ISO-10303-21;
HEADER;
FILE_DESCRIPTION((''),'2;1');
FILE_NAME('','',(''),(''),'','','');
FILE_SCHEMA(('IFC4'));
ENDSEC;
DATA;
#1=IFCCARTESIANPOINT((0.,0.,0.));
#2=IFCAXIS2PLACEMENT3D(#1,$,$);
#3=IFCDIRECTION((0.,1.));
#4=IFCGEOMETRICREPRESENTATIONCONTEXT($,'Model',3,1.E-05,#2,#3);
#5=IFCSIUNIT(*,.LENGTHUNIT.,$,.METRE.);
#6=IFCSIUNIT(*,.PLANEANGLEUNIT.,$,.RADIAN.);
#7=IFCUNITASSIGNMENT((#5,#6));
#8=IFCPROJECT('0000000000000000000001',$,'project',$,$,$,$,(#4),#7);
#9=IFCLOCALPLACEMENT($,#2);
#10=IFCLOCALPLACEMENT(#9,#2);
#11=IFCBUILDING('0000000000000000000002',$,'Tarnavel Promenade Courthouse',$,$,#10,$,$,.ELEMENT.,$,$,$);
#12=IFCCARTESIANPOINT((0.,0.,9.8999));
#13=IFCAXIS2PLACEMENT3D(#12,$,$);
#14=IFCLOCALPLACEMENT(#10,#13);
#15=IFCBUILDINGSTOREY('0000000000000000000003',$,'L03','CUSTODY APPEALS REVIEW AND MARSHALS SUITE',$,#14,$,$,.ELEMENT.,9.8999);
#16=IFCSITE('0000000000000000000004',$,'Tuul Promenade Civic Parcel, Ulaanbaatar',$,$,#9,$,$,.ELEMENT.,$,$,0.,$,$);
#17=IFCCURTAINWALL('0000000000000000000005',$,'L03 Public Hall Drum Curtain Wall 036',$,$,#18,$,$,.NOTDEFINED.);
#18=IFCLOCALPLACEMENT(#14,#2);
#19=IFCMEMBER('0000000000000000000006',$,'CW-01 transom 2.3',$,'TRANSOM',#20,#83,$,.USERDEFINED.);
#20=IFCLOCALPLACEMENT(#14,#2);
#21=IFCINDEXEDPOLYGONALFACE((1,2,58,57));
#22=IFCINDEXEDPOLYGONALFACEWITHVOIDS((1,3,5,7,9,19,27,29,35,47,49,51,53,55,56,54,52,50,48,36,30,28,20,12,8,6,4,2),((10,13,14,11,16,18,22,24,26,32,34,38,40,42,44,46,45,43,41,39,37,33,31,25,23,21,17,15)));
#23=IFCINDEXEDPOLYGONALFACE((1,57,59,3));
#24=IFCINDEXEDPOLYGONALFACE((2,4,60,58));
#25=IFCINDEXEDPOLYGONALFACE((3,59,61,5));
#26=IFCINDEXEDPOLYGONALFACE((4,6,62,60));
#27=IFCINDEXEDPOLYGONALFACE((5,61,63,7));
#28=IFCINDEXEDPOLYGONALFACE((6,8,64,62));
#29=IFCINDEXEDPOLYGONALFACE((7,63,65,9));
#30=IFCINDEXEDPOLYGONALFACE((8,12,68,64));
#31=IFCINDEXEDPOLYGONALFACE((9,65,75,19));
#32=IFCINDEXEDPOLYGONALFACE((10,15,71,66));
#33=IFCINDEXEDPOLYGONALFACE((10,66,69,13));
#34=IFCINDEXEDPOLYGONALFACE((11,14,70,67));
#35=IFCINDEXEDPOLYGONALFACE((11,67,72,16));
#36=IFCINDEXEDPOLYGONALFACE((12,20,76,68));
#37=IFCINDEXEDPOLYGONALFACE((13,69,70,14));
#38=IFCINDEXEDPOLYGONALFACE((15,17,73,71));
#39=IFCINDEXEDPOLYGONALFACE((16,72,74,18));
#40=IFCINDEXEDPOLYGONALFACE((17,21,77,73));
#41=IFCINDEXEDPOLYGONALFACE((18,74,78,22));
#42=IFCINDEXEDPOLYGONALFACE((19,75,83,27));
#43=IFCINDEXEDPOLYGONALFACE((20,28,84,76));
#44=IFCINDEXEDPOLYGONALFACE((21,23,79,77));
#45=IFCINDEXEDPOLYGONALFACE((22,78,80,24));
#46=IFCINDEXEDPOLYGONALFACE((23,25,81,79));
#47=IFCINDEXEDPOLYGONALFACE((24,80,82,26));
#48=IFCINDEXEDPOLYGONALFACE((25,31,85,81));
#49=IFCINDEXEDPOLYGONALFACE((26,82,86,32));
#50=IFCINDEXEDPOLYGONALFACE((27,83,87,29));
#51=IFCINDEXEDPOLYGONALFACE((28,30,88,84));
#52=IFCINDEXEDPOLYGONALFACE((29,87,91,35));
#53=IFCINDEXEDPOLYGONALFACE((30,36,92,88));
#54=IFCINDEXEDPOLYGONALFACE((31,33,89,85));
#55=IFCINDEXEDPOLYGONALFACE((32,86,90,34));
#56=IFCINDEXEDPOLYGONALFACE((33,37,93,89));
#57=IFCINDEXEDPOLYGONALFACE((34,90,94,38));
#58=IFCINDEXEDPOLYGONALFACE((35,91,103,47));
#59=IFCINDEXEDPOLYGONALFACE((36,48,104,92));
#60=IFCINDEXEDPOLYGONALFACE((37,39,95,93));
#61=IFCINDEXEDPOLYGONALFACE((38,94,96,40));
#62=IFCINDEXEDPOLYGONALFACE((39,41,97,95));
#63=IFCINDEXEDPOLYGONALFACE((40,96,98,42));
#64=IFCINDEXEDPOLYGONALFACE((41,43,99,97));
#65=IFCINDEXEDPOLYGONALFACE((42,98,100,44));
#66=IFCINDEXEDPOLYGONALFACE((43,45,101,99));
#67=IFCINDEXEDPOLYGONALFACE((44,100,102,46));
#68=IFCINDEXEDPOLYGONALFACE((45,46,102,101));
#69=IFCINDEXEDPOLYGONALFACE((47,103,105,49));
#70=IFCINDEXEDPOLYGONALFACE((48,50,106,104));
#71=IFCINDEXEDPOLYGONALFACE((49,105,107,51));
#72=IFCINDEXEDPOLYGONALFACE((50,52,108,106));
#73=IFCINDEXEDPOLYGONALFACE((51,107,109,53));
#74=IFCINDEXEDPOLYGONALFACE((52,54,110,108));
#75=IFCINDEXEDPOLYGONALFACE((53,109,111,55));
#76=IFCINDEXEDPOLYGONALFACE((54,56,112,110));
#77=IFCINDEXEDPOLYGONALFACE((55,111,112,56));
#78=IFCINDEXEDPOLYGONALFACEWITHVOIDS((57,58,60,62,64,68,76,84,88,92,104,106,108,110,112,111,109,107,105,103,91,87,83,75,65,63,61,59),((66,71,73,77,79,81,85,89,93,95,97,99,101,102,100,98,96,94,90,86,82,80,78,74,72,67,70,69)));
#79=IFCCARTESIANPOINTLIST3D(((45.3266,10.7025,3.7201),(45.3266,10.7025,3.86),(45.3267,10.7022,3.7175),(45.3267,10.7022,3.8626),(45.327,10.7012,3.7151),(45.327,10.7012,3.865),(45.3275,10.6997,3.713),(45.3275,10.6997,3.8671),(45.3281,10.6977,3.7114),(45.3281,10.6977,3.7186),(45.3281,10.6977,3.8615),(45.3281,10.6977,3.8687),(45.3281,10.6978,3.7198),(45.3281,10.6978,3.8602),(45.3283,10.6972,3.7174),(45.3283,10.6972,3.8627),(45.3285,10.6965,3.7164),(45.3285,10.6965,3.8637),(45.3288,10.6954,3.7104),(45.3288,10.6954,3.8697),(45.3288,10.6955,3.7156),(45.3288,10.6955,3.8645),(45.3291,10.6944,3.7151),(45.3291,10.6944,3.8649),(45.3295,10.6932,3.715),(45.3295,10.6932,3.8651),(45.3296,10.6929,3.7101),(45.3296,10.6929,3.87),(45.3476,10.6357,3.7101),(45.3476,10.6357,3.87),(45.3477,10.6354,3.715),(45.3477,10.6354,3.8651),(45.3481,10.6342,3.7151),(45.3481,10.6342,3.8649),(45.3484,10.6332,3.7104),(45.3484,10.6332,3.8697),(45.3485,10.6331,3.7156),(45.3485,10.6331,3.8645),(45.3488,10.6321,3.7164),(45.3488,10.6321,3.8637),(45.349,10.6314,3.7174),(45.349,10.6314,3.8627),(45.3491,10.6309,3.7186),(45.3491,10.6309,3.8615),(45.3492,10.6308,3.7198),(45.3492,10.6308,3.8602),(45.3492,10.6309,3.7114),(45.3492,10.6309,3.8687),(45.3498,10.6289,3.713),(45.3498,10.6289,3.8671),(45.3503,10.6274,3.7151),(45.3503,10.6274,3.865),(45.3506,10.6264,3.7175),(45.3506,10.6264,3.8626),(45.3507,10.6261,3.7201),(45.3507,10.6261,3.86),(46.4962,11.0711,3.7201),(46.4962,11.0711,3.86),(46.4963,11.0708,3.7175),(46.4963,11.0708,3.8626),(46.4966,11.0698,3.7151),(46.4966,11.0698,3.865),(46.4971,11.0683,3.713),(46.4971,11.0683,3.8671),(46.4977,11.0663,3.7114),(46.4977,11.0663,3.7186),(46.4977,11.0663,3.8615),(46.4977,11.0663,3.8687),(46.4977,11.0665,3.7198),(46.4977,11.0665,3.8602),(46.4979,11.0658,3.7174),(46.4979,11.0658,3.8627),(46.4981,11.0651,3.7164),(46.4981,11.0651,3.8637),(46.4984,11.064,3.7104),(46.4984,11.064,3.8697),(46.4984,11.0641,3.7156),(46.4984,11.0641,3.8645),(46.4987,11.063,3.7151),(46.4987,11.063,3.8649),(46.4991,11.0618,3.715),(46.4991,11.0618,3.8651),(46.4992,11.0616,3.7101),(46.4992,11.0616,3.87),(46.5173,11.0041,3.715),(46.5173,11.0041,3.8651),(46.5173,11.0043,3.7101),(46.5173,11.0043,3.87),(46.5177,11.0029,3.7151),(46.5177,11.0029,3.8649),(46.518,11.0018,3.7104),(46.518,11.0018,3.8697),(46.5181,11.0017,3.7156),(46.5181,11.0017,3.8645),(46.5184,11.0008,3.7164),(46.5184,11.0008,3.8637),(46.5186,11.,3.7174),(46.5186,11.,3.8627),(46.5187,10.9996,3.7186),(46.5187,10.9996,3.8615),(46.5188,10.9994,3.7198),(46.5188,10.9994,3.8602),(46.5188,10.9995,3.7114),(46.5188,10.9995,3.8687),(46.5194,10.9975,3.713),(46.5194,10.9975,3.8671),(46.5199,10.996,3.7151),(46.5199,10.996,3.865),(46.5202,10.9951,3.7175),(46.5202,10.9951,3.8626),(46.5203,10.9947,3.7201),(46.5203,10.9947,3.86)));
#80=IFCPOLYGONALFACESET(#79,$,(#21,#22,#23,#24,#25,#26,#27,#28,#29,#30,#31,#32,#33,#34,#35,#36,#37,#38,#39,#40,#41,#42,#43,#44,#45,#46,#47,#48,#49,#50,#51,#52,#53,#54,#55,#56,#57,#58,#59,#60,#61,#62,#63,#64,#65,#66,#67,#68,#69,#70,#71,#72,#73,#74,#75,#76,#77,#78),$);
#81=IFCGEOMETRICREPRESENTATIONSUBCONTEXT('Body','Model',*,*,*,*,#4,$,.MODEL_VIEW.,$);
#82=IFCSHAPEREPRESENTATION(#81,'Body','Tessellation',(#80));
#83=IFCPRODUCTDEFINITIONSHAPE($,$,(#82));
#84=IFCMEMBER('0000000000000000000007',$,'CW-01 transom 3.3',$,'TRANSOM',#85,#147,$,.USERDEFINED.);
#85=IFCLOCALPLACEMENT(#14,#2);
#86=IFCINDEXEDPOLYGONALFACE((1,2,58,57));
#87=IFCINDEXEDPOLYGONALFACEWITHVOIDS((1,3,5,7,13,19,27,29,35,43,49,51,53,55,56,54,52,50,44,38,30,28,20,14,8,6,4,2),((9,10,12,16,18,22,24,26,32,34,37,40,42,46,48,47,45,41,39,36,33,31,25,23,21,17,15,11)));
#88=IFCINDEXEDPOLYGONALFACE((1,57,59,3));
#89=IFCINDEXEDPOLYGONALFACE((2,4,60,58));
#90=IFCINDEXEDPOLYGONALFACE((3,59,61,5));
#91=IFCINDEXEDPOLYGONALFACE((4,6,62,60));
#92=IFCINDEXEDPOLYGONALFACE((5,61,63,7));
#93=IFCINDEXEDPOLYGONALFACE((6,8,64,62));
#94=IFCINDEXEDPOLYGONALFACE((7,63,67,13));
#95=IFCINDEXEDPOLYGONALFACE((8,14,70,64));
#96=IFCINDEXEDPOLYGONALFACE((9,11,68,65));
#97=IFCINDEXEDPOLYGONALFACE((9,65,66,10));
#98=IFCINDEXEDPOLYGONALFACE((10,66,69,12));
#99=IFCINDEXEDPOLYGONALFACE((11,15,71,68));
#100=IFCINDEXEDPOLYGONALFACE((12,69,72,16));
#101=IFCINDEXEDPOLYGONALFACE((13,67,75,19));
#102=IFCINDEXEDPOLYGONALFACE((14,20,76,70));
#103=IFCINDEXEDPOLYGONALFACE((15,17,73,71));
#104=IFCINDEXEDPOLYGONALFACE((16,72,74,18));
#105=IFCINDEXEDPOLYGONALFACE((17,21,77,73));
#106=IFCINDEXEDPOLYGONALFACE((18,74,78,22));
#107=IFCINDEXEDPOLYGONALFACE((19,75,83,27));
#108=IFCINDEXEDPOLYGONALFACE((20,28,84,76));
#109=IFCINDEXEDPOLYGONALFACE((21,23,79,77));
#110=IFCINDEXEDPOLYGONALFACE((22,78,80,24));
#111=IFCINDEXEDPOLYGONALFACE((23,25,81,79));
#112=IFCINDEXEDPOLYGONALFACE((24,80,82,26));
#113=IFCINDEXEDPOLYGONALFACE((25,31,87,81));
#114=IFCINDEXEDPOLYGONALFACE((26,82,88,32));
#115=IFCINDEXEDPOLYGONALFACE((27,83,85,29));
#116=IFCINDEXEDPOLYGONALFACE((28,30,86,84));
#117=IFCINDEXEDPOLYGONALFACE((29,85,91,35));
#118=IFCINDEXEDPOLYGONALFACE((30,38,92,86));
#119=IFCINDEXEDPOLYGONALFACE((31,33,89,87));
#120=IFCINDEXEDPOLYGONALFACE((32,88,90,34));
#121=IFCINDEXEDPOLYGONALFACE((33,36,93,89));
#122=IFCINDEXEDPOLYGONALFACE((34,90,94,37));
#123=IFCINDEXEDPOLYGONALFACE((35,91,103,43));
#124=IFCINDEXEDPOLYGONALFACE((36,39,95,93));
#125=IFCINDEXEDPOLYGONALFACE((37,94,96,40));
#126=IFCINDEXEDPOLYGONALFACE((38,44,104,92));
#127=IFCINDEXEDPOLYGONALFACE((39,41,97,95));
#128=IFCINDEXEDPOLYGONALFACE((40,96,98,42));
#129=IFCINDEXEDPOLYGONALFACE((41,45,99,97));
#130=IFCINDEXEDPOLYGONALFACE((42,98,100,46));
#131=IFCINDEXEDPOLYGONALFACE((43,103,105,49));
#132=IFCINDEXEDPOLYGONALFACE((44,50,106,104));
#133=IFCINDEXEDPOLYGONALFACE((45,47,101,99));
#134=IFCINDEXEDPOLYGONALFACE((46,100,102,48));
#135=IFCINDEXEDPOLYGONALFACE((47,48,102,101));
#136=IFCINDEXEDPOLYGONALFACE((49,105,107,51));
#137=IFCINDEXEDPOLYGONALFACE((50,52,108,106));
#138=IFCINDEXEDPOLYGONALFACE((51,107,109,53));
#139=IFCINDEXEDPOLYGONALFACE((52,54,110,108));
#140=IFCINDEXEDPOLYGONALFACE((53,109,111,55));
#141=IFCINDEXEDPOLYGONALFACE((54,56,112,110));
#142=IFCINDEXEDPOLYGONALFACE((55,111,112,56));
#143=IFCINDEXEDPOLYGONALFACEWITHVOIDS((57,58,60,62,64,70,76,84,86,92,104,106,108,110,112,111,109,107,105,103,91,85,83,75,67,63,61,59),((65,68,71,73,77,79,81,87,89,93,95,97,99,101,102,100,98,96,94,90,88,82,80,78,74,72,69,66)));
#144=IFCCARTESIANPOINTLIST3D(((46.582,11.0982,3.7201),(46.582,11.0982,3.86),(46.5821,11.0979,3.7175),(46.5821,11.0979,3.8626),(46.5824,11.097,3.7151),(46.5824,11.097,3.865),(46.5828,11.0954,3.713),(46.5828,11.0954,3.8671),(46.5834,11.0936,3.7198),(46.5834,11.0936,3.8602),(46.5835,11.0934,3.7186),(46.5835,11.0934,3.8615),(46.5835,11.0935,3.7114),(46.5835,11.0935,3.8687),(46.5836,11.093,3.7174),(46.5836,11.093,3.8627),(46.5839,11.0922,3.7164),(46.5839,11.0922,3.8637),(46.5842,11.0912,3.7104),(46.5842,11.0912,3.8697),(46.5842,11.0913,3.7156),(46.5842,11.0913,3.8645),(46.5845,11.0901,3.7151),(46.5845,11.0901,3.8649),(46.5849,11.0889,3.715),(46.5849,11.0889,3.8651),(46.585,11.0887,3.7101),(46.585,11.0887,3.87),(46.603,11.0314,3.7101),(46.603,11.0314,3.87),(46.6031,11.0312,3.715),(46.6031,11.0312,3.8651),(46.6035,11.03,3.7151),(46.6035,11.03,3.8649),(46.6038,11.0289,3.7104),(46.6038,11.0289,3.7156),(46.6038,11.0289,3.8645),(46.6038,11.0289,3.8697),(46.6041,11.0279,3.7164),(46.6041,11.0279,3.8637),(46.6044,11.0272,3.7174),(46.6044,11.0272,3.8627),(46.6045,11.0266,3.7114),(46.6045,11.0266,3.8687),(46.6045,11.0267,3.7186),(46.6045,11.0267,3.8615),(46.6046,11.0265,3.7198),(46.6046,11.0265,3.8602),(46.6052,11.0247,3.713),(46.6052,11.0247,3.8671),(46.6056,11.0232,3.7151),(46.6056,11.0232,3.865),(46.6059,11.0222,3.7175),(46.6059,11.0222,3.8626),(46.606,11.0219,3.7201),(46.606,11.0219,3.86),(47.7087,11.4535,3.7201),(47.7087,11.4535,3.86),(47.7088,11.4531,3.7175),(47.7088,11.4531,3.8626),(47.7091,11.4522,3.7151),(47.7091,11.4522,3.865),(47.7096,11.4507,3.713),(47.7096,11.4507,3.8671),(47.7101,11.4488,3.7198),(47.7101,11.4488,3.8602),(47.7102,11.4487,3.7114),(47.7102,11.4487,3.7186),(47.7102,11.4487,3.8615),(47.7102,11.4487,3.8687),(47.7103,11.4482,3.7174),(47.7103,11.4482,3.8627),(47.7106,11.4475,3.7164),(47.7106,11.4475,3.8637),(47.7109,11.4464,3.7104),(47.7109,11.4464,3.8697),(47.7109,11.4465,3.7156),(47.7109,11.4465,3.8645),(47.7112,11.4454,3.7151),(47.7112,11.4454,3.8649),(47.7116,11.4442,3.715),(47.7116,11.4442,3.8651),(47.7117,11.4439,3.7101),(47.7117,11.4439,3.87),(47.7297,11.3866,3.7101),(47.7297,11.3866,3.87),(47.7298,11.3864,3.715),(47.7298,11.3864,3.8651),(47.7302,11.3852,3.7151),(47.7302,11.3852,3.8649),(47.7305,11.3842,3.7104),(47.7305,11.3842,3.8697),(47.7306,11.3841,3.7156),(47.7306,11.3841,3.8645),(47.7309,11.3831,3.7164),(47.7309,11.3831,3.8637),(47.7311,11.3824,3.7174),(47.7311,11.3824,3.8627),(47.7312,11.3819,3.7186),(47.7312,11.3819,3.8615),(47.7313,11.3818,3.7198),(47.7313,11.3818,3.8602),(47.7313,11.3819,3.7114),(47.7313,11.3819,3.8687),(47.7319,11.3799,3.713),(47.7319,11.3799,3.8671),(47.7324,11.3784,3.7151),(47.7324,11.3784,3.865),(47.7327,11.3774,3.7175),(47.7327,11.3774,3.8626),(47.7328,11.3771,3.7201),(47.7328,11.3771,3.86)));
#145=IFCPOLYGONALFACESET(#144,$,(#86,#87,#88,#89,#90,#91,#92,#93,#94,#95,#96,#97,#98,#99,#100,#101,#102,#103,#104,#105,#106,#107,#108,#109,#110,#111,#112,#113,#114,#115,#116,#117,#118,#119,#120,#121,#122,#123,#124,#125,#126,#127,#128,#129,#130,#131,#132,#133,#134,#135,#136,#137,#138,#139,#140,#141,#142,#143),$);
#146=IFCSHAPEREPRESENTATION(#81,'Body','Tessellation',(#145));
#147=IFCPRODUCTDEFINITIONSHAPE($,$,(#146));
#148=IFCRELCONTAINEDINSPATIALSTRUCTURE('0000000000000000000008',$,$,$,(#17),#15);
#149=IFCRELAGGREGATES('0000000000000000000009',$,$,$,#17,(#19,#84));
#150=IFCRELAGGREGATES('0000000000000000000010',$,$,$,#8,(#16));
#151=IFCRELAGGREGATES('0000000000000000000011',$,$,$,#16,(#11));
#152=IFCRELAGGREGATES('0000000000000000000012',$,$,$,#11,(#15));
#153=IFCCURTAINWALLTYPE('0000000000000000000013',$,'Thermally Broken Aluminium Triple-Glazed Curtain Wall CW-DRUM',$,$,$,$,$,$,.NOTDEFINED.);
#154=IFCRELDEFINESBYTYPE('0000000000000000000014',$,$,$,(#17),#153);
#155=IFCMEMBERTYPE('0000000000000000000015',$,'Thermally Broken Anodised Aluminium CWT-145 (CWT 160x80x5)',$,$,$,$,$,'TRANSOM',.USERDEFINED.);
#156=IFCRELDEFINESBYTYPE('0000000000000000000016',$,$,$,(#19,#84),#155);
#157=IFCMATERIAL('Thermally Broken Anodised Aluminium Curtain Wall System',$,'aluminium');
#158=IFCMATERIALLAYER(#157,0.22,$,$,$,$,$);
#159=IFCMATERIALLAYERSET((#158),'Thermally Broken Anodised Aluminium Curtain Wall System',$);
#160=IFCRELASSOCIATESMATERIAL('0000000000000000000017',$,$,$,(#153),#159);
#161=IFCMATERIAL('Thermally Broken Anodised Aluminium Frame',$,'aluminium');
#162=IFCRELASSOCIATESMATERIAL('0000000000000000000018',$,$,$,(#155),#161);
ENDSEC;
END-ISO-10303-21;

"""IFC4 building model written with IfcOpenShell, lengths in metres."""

from ifc_helpers import new_model, si_unit, direction, frame, origin, origin_2d, place, context, subcontext, project, spatial, hollow_rectangle, extrude, material, layer, layer_set, material_profile, profile_set, type_object, element, aggregate, save


model = new_model("IFC4")

# Units and contexts
model_context = context("Model", 3, precision=1e-05, world=origin(), true_north=direction((0.0, 1.0)))
body_context = subcontext(model_context, "Body", "Model", "MODEL_VIEW")
ifc_project = project(units=[si_unit("LENGTHUNIT", "METRE"), si_unit("PLANEANGLEUNIT", "RADIAN")], contexts=[model_context])

# Site, building, storey
site_placement = place(None, origin())
site = spatial("IfcSite", under=ifc_project, at=site_placement, Name="Tuul Promenade Civic Parcel, Ulaanbaatar", CompositionType="ELEMENT", RefElevation=0.0)
building_placement = place(site_placement, origin())
building = spatial("IfcBuilding", under=site, at=building_placement, Name="Tarnavel Promenade Courthouse", CompositionType="ELEMENT")
storey_placement = place(building_placement, frame((0.0, 0.0, 9.8999)))
storey = spatial("IfcBuildingStorey", under=building, at=storey_placement, Name="L03", Description="CUSTODY APPEALS REVIEW AND MARSHALS SUITE", CompositionType="ELEMENT", Elevation=9.8999)

# Curtain wall, members
ifc_material_1 = material(Name="Thermally Broken Anodised Aluminium Curtain Wall System", Category="aluminium")
ifc_layer_1 = layer(ifc_material_1, 0.22)
ifc_layer_set_1 = layer_set([ifc_layer_1], Name="Thermally Broken Anodised Aluminium Curtain Wall System")
curtain_wall_type = type_object("IfcCurtainWallType", Name="Thermally Broken Aluminium Triple-Glazed Curtain Wall CW-DRUM", PredefinedType="NOTDEFINED", material=ifc_layer_set_1)
curtain_wall_1_placement = place(storey_placement, origin())
curtain_wall_1 = element("IfcCurtainWall", 1, at=curtain_wall_1_placement, inside=storey, type_object=curtain_wall_type, Name="L03 Public Hall Drum Curtain Wall 036", PredefinedType="NOTDEFINED")
ifc_material_2 = material(Name="Thermally Broken Anodised Aluminium Frame", Category="aluminium")
ifc_material_profile_1 = material_profile(ifc_material_2, hollow_rectangle(XDim=0.0801, YDim=0.1599, WallThickness=0.0049, InnerFilletRadius=0.0049, OuterFilletRadius=0.01, at=origin_2d()), Name="CWT 160x80x5")
ifc_profile_set_1 = profile_set([ifc_material_profile_1], Name="Thermally Broken Anodised Aluminium Frame")
member_type_1 = type_object("IfcMemberType", Name="Thermally Broken Anodised Aluminium CWT-145 (CWT 160x80x5)", ElementType="TRANSOM", PredefinedType="USERDEFINED", material=ifc_profile_set_1)
member_1_placement = place(storey_placement, frame((45.3386, 10.6643, 3.79), z_axis=(0.953751, 0.300598, 0.0), x_axis=(-0.300598, 0.953751, 0.0)))
member_1 = element("IfcMember", 2, at=member_1_placement, type_object=member_type_1, Name="CW-01 transom 2.3", ObjectType="TRANSOM", PredefinedType="USERDEFINED", context=body_context, shape_type="SweptSolid", body=[
    extrude(hollow_rectangle(XDim=0.0801, YDim=0.1599, WallThickness=0.0049, InnerFilletRadius=0.0049, OuterFilletRadius=0.01, at=origin_2d()), origin(), (0.0, 0.0, 1.0), 1.2263),
])
member_2_placement = place(storey_placement, frame((46.594, 11.0601, 3.79), z_axis=(0.953723, 0.300686, 0.0), x_axis=(-0.300686, 0.953723, 0.0)))
member_2 = element("IfcMember", 3, at=member_2_placement, type_object=member_type_1, Name="CW-01 transom 3.3", ObjectType="TRANSOM", PredefinedType="USERDEFINED", context=body_context, shape_type="SweptSolid", body=[
    extrude(hollow_rectangle(XDim=0.0801, YDim=0.1599, WallThickness=0.0049, InnerFilletRadius=0.0049, OuterFilletRadius=0.01, at=origin_2d()), origin(), (0.0, 0.0, 1.0), 1.1814),
])

aggregate(curtain_wall_1, [member_1, member_2])

save(model, "model.ifc")
